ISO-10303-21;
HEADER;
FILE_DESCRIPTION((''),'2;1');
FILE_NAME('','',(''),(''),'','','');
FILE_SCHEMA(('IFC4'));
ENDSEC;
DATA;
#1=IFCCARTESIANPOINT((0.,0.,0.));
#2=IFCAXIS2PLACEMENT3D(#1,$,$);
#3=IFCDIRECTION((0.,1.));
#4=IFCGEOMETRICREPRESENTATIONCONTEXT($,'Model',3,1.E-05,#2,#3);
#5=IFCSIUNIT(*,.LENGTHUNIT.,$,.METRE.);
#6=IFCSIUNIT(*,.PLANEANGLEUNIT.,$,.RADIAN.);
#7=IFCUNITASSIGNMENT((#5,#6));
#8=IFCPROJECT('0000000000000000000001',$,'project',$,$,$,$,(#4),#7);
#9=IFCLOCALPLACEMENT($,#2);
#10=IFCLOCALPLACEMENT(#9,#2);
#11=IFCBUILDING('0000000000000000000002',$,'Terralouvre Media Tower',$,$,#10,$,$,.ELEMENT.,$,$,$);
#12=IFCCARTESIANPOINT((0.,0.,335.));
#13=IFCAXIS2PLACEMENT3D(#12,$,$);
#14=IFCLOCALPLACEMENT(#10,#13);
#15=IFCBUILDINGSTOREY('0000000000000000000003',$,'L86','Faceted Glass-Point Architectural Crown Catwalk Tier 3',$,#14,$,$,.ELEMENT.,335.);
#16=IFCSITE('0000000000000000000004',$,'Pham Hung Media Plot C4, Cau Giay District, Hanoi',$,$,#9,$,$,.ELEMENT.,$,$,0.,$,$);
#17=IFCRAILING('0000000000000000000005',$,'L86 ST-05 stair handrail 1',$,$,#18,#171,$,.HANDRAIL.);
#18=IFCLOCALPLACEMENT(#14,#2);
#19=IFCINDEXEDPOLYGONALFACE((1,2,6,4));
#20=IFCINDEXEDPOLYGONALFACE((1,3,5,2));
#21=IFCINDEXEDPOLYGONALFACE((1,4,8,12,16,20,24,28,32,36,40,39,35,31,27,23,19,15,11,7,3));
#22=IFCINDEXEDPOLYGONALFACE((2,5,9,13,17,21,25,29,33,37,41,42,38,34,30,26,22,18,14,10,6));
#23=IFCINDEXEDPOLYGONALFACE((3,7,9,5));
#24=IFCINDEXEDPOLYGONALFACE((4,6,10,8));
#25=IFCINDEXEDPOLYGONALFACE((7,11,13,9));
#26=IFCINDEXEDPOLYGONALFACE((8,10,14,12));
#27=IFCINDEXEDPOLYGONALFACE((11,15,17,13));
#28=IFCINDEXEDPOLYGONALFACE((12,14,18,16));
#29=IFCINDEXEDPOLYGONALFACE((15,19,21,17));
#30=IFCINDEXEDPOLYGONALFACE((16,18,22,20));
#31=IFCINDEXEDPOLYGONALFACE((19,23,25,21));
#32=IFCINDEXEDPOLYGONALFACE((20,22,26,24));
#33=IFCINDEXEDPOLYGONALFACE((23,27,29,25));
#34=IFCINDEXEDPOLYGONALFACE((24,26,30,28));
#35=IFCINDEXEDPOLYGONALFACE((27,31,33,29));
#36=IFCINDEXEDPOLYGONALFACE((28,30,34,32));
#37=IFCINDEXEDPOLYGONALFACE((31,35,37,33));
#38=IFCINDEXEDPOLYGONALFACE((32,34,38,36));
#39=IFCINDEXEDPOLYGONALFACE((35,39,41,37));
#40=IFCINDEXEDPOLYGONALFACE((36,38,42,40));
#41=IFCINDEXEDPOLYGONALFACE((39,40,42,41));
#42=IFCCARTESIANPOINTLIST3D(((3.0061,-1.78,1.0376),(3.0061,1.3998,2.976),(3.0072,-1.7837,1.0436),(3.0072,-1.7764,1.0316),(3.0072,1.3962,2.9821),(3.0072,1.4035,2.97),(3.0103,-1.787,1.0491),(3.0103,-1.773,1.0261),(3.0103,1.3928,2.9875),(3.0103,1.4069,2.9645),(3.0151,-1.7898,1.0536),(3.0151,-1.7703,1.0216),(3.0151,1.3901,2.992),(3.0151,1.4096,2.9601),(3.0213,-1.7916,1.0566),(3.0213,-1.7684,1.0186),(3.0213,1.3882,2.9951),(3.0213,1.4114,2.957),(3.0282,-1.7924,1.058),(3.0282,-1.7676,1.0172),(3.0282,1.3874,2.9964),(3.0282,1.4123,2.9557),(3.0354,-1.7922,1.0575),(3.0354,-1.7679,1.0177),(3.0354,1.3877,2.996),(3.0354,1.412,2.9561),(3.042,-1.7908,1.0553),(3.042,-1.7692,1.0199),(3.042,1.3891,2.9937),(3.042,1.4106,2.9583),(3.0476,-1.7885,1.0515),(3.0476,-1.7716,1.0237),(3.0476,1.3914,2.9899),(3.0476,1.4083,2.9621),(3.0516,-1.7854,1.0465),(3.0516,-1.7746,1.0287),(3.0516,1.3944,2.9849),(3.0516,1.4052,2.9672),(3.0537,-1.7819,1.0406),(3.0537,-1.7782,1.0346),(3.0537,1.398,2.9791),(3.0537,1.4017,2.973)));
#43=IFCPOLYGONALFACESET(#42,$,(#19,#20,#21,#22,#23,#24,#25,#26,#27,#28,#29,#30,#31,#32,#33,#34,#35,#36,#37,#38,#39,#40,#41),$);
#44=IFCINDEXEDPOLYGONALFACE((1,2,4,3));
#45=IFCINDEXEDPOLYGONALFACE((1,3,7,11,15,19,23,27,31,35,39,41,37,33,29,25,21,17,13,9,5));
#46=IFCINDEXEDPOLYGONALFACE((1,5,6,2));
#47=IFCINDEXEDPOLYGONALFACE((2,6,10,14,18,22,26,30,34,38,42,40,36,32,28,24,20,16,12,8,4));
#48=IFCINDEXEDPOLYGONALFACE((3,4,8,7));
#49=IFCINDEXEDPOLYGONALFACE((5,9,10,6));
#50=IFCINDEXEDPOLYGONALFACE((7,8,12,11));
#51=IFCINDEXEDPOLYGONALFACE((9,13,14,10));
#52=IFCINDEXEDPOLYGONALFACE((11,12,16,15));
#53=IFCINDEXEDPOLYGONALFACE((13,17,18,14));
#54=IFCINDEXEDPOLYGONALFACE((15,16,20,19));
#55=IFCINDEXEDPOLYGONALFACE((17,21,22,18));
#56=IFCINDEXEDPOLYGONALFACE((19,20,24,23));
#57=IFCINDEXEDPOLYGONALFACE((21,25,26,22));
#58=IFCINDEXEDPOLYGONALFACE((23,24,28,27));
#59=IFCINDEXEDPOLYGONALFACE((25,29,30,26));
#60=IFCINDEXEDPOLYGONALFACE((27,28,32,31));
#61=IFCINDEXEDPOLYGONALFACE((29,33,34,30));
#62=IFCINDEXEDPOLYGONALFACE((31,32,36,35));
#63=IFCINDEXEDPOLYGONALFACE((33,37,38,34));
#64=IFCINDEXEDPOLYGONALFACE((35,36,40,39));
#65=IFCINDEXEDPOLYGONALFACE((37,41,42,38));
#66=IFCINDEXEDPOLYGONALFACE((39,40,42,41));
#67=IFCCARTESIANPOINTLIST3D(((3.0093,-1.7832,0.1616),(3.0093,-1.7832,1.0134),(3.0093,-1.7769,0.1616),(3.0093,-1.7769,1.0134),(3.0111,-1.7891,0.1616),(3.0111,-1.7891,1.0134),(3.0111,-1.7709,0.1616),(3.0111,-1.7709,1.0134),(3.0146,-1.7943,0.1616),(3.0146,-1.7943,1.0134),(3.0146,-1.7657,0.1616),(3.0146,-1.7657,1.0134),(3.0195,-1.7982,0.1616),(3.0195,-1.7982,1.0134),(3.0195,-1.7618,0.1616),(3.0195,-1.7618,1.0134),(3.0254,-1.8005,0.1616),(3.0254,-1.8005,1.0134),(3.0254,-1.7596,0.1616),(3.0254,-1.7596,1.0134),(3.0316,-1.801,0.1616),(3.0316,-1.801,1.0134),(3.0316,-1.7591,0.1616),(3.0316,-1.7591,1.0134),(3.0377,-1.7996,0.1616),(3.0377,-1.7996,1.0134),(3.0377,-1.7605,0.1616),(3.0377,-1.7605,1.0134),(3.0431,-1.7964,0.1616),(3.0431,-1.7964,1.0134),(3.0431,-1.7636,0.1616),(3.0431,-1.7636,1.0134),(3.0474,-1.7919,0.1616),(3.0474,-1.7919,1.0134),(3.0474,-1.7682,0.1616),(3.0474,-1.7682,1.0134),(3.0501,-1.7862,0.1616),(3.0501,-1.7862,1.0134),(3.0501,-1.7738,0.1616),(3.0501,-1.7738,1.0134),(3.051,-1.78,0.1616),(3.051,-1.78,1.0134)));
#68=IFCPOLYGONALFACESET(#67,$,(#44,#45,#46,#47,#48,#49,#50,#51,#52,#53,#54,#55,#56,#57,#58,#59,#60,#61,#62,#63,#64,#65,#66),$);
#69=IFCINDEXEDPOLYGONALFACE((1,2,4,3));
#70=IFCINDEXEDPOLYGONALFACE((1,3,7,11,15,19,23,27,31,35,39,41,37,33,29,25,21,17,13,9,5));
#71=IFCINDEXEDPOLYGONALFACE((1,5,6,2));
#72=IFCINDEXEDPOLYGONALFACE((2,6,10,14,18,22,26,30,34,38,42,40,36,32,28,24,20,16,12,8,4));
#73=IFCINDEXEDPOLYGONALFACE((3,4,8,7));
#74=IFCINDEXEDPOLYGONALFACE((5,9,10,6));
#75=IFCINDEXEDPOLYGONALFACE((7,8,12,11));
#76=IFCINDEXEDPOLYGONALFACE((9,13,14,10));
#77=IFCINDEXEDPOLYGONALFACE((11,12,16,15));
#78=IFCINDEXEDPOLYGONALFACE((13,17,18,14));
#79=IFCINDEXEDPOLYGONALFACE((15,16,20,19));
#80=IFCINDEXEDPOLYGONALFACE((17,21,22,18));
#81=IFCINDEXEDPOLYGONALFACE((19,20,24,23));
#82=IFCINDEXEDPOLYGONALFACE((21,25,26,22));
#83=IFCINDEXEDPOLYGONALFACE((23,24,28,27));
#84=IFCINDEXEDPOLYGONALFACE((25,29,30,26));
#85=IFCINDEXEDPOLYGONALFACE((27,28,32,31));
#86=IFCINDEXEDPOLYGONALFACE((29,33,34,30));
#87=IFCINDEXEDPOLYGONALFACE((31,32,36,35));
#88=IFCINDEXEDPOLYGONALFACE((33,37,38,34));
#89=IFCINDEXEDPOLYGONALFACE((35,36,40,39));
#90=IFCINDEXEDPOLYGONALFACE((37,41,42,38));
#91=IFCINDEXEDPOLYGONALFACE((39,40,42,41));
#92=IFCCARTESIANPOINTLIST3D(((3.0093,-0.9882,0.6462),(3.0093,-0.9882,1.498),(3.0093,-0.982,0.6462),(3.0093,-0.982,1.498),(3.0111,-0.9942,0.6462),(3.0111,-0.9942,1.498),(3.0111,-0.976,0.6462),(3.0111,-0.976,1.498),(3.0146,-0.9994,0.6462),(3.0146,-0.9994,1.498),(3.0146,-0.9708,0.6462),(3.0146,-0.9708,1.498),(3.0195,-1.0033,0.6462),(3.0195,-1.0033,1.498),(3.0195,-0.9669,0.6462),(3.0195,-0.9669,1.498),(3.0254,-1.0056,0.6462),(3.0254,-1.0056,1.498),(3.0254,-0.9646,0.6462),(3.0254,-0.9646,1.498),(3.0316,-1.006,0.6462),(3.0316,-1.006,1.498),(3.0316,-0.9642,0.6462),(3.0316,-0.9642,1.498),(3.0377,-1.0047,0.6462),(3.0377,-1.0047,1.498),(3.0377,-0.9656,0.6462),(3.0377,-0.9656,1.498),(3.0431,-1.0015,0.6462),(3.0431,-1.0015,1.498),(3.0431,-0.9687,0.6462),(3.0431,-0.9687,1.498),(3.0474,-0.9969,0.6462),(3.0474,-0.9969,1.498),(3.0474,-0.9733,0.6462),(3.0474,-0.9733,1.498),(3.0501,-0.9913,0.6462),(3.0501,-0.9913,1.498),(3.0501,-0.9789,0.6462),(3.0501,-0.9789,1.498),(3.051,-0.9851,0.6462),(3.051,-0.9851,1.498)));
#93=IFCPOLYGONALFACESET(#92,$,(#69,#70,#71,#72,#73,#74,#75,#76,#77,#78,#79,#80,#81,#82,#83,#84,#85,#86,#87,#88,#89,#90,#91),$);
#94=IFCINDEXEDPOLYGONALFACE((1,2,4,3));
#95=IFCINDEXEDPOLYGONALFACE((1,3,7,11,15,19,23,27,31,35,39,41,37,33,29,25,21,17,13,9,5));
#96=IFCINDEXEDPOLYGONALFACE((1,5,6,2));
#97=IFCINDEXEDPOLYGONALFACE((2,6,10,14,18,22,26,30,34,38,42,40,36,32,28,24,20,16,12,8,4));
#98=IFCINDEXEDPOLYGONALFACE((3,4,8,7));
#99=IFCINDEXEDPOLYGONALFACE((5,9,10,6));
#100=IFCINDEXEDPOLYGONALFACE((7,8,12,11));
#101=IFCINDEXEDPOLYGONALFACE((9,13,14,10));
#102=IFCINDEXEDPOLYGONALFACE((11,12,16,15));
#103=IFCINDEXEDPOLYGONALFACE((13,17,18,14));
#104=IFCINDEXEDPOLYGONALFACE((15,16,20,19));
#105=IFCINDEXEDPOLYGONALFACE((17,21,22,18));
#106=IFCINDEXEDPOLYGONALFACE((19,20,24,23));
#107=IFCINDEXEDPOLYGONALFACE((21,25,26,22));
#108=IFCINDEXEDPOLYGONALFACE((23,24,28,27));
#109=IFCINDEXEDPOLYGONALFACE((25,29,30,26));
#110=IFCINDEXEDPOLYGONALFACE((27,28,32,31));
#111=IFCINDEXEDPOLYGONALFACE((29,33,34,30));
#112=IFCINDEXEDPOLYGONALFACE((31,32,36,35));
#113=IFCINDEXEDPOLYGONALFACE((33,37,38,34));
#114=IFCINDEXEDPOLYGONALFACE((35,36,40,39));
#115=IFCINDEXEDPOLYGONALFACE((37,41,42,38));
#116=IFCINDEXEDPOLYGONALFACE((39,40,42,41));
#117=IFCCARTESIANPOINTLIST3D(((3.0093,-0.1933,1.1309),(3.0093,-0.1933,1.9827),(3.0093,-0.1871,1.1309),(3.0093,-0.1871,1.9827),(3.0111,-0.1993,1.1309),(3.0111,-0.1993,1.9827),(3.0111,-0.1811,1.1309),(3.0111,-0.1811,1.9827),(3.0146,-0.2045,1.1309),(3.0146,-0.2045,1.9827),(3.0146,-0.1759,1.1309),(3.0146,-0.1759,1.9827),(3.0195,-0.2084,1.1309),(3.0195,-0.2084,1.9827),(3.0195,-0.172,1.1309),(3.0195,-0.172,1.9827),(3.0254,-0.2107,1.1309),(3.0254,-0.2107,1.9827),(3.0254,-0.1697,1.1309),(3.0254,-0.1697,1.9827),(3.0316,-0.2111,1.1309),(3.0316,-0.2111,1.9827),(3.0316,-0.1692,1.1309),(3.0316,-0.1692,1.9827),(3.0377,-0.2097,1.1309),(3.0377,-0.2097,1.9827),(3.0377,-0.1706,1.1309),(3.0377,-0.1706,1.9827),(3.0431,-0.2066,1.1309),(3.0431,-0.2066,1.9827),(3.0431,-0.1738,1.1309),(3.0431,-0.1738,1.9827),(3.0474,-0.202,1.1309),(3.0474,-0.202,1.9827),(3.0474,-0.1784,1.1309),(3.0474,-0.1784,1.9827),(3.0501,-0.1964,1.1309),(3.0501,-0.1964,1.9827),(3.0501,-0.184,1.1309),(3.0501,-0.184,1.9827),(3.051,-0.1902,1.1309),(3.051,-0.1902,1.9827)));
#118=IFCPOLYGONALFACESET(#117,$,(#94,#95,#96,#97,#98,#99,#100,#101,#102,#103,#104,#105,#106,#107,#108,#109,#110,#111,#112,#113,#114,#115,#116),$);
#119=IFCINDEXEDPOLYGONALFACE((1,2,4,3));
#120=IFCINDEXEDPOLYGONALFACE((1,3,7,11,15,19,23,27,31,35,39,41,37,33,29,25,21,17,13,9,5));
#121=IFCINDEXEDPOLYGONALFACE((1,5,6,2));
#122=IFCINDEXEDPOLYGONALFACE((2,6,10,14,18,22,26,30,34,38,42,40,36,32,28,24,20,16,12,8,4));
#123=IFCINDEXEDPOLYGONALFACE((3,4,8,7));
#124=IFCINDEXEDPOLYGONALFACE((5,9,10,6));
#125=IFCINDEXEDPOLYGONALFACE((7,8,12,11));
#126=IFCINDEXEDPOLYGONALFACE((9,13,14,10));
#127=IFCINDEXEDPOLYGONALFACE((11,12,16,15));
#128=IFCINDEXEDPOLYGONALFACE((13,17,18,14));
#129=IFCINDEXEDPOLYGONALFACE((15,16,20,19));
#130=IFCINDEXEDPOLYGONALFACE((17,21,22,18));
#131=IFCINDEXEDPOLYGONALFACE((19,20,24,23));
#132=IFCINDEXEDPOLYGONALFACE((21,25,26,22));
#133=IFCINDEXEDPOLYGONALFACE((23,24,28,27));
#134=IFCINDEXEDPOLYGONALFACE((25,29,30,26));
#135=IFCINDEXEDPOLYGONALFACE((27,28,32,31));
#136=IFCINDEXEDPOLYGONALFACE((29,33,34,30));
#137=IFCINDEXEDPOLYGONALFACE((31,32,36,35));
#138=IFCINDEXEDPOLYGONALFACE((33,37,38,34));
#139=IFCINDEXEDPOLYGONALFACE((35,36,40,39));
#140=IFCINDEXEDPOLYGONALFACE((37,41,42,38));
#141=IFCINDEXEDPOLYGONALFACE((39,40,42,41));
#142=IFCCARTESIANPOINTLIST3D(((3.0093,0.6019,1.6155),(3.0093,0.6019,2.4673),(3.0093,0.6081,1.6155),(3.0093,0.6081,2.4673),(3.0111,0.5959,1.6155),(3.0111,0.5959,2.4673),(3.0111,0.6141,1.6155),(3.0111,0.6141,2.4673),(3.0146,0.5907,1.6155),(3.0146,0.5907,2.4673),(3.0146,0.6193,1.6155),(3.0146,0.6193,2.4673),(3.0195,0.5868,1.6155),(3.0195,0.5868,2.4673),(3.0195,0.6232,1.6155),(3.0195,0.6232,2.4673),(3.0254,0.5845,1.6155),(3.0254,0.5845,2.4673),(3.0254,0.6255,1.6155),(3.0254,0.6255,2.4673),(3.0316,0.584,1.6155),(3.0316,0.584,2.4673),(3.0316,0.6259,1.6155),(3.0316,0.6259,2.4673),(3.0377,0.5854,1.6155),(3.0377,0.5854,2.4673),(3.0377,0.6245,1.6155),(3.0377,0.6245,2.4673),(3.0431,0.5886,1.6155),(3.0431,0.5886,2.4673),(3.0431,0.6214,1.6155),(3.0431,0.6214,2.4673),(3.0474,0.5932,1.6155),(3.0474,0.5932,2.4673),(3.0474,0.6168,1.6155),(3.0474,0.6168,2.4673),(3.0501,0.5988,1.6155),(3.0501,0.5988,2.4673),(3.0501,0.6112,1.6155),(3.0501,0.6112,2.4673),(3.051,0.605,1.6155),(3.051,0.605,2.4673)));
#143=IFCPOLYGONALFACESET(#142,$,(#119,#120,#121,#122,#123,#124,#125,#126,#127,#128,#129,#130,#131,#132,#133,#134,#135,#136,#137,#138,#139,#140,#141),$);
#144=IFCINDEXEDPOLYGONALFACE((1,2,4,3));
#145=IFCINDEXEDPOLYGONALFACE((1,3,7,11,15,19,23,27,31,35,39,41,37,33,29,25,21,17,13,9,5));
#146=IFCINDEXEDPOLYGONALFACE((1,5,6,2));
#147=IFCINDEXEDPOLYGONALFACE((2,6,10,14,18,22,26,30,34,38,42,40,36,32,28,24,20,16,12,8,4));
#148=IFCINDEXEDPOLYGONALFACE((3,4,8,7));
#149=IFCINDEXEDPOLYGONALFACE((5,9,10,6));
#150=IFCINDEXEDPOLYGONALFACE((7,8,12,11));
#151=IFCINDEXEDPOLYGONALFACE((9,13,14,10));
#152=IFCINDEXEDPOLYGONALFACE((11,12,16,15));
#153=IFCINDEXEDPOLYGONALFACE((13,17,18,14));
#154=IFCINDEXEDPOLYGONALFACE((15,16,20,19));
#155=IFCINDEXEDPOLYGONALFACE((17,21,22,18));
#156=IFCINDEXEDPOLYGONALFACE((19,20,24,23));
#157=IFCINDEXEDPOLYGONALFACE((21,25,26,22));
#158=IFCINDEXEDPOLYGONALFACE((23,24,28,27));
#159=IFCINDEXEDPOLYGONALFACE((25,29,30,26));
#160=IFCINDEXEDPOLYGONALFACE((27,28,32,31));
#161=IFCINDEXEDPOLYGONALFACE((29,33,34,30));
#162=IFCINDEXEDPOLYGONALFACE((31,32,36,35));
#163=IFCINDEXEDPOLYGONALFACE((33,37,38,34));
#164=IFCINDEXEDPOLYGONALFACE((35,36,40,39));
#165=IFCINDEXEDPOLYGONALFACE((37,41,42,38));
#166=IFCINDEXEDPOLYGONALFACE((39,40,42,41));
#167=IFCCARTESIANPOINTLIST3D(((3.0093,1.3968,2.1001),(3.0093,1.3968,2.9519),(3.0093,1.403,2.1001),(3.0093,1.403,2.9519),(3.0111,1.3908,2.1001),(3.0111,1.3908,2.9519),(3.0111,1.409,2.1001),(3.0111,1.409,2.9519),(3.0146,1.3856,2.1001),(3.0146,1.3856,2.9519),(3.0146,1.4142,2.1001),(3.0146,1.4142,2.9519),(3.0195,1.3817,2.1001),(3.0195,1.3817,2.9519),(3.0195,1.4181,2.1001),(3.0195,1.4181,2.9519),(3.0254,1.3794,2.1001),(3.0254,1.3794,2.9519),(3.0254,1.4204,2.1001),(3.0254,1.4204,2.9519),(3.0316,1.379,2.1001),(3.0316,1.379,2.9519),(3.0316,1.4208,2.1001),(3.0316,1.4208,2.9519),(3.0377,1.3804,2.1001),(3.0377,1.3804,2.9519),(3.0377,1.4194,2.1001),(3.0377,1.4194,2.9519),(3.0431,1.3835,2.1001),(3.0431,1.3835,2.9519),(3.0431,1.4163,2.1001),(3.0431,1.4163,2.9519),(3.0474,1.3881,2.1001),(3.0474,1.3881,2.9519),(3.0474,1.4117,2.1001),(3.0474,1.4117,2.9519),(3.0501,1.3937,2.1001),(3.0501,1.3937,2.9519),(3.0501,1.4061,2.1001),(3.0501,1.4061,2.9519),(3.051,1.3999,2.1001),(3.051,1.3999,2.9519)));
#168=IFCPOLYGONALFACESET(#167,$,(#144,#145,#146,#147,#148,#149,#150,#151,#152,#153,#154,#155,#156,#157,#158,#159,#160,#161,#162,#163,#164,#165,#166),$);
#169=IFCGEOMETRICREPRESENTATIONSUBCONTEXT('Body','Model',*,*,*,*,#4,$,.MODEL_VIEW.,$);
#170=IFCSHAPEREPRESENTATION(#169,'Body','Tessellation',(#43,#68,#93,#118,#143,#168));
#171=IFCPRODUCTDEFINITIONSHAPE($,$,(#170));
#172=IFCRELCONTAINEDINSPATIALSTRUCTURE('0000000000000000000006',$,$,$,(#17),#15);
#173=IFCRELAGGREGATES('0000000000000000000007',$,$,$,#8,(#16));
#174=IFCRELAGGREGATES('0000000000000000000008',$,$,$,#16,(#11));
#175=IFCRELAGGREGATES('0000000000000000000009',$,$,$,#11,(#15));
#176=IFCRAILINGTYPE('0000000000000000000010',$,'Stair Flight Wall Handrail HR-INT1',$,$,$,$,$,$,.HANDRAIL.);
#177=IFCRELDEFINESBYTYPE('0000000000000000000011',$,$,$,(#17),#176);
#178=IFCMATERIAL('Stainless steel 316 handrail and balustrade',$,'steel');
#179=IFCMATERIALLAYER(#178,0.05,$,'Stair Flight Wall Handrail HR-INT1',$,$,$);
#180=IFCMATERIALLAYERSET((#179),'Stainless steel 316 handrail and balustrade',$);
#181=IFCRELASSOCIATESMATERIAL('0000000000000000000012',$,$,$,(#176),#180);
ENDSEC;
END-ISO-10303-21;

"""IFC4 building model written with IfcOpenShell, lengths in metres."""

from ifc_helpers import new_model, si_unit, direction, frame, origin, origin_2d, place, context, subcontext, project, spatial, circle, extrude, material, layer, layer_set, type_object, element, save


model = new_model("IFC4")

# Units and contexts
model_context = context("Model", 3, precision=1e-05, world=origin(), true_north=direction((0.0, 1.0)))
body_context = subcontext(model_context, "Body", "Model", "MODEL_VIEW")
ifc_project = project(units=[si_unit("LENGTHUNIT", "METRE"), si_unit("PLANEANGLEUNIT", "RADIAN")], contexts=[model_context])

# Site, building, storey
site_placement = place(None, origin())
site = spatial("IfcSite", under=ifc_project, at=site_placement, Name="Pham Hung Media Plot C4, Cau Giay District, Hanoi", CompositionType="ELEMENT", RefElevation=0.0)
building_placement = place(site_placement, origin())
building = spatial("IfcBuilding", under=site, at=building_placement, Name="Terralouvre Media Tower", CompositionType="ELEMENT")
storey_placement = place(building_placement, frame((0.0, 0.0, 335.0)))
storey = spatial("IfcBuildingStorey", under=building, at=storey_placement, Name="L86", Description="Faceted Glass-Point Architectural Crown Catwalk Tier 3", CompositionType="ELEMENT", Elevation=335.0)

# Railing
ifc_material_1 = material(Name="Stainless steel 316 handrail and balustrade", Category="steel")
ifc_layer_1 = layer(ifc_material_1, 0.05, Name="Stair Flight Wall Handrail HR-INT1")
ifc_layer_set_1 = layer_set([ifc_layer_1], Name="Stainless steel 316 handrail and balustrade")
railing_type_1 = type_object("IfcRailingType", Name="Stair Flight Wall Handrail HR-INT1", PredefinedType="HANDRAIL", material=ifc_layer_set_1)
railing_1_placement = place(storey_placement, frame((3.03, -1.78, 0.1616)))
element("IfcRailing", 1, at=railing_1_placement, inside=storey, type_object=railing_type_1, Name="L86 ST-05 stair handrail 1", PredefinedType="HANDRAIL", context=body_context, shape_type="SweptSolid", body=[
    extrude(circle(Radius=0.0239, at=origin_2d()), frame((0.0, 0.0, 0.876), z_axis=(0.0, 0.853857, 0.520508), x_axis=(-1.0, 0.0, 0.0)), (0.0, 0.0, 1.0), 3.7241),
    extrude(circle(Radius=0.021, at=origin_2d()), origin(), (0.0, 0.0, 1.0), 0.8518),
    extrude(circle(Radius=0.021, at=origin_2d()), frame((0.0, 0.7949, 0.4846)), (0.0, 0.0, 1.0), 0.8518),
    extrude(circle(Radius=0.021, at=origin_2d()), frame((0.0, 1.5898, 0.9692)), (0.0, 0.0, 1.0), 0.8518),
    extrude(circle(Radius=0.021, at=origin_2d()), frame((0.0, 2.385, 1.4539)), (0.0, 0.0, 1.0), 0.8518),
    extrude(circle(Radius=0.021, at=origin_2d()), frame((0.0, 3.1799, 1.9385)), (0.0, 0.0, 1.0), 0.8518),
])

save(model, "model.ifc")
